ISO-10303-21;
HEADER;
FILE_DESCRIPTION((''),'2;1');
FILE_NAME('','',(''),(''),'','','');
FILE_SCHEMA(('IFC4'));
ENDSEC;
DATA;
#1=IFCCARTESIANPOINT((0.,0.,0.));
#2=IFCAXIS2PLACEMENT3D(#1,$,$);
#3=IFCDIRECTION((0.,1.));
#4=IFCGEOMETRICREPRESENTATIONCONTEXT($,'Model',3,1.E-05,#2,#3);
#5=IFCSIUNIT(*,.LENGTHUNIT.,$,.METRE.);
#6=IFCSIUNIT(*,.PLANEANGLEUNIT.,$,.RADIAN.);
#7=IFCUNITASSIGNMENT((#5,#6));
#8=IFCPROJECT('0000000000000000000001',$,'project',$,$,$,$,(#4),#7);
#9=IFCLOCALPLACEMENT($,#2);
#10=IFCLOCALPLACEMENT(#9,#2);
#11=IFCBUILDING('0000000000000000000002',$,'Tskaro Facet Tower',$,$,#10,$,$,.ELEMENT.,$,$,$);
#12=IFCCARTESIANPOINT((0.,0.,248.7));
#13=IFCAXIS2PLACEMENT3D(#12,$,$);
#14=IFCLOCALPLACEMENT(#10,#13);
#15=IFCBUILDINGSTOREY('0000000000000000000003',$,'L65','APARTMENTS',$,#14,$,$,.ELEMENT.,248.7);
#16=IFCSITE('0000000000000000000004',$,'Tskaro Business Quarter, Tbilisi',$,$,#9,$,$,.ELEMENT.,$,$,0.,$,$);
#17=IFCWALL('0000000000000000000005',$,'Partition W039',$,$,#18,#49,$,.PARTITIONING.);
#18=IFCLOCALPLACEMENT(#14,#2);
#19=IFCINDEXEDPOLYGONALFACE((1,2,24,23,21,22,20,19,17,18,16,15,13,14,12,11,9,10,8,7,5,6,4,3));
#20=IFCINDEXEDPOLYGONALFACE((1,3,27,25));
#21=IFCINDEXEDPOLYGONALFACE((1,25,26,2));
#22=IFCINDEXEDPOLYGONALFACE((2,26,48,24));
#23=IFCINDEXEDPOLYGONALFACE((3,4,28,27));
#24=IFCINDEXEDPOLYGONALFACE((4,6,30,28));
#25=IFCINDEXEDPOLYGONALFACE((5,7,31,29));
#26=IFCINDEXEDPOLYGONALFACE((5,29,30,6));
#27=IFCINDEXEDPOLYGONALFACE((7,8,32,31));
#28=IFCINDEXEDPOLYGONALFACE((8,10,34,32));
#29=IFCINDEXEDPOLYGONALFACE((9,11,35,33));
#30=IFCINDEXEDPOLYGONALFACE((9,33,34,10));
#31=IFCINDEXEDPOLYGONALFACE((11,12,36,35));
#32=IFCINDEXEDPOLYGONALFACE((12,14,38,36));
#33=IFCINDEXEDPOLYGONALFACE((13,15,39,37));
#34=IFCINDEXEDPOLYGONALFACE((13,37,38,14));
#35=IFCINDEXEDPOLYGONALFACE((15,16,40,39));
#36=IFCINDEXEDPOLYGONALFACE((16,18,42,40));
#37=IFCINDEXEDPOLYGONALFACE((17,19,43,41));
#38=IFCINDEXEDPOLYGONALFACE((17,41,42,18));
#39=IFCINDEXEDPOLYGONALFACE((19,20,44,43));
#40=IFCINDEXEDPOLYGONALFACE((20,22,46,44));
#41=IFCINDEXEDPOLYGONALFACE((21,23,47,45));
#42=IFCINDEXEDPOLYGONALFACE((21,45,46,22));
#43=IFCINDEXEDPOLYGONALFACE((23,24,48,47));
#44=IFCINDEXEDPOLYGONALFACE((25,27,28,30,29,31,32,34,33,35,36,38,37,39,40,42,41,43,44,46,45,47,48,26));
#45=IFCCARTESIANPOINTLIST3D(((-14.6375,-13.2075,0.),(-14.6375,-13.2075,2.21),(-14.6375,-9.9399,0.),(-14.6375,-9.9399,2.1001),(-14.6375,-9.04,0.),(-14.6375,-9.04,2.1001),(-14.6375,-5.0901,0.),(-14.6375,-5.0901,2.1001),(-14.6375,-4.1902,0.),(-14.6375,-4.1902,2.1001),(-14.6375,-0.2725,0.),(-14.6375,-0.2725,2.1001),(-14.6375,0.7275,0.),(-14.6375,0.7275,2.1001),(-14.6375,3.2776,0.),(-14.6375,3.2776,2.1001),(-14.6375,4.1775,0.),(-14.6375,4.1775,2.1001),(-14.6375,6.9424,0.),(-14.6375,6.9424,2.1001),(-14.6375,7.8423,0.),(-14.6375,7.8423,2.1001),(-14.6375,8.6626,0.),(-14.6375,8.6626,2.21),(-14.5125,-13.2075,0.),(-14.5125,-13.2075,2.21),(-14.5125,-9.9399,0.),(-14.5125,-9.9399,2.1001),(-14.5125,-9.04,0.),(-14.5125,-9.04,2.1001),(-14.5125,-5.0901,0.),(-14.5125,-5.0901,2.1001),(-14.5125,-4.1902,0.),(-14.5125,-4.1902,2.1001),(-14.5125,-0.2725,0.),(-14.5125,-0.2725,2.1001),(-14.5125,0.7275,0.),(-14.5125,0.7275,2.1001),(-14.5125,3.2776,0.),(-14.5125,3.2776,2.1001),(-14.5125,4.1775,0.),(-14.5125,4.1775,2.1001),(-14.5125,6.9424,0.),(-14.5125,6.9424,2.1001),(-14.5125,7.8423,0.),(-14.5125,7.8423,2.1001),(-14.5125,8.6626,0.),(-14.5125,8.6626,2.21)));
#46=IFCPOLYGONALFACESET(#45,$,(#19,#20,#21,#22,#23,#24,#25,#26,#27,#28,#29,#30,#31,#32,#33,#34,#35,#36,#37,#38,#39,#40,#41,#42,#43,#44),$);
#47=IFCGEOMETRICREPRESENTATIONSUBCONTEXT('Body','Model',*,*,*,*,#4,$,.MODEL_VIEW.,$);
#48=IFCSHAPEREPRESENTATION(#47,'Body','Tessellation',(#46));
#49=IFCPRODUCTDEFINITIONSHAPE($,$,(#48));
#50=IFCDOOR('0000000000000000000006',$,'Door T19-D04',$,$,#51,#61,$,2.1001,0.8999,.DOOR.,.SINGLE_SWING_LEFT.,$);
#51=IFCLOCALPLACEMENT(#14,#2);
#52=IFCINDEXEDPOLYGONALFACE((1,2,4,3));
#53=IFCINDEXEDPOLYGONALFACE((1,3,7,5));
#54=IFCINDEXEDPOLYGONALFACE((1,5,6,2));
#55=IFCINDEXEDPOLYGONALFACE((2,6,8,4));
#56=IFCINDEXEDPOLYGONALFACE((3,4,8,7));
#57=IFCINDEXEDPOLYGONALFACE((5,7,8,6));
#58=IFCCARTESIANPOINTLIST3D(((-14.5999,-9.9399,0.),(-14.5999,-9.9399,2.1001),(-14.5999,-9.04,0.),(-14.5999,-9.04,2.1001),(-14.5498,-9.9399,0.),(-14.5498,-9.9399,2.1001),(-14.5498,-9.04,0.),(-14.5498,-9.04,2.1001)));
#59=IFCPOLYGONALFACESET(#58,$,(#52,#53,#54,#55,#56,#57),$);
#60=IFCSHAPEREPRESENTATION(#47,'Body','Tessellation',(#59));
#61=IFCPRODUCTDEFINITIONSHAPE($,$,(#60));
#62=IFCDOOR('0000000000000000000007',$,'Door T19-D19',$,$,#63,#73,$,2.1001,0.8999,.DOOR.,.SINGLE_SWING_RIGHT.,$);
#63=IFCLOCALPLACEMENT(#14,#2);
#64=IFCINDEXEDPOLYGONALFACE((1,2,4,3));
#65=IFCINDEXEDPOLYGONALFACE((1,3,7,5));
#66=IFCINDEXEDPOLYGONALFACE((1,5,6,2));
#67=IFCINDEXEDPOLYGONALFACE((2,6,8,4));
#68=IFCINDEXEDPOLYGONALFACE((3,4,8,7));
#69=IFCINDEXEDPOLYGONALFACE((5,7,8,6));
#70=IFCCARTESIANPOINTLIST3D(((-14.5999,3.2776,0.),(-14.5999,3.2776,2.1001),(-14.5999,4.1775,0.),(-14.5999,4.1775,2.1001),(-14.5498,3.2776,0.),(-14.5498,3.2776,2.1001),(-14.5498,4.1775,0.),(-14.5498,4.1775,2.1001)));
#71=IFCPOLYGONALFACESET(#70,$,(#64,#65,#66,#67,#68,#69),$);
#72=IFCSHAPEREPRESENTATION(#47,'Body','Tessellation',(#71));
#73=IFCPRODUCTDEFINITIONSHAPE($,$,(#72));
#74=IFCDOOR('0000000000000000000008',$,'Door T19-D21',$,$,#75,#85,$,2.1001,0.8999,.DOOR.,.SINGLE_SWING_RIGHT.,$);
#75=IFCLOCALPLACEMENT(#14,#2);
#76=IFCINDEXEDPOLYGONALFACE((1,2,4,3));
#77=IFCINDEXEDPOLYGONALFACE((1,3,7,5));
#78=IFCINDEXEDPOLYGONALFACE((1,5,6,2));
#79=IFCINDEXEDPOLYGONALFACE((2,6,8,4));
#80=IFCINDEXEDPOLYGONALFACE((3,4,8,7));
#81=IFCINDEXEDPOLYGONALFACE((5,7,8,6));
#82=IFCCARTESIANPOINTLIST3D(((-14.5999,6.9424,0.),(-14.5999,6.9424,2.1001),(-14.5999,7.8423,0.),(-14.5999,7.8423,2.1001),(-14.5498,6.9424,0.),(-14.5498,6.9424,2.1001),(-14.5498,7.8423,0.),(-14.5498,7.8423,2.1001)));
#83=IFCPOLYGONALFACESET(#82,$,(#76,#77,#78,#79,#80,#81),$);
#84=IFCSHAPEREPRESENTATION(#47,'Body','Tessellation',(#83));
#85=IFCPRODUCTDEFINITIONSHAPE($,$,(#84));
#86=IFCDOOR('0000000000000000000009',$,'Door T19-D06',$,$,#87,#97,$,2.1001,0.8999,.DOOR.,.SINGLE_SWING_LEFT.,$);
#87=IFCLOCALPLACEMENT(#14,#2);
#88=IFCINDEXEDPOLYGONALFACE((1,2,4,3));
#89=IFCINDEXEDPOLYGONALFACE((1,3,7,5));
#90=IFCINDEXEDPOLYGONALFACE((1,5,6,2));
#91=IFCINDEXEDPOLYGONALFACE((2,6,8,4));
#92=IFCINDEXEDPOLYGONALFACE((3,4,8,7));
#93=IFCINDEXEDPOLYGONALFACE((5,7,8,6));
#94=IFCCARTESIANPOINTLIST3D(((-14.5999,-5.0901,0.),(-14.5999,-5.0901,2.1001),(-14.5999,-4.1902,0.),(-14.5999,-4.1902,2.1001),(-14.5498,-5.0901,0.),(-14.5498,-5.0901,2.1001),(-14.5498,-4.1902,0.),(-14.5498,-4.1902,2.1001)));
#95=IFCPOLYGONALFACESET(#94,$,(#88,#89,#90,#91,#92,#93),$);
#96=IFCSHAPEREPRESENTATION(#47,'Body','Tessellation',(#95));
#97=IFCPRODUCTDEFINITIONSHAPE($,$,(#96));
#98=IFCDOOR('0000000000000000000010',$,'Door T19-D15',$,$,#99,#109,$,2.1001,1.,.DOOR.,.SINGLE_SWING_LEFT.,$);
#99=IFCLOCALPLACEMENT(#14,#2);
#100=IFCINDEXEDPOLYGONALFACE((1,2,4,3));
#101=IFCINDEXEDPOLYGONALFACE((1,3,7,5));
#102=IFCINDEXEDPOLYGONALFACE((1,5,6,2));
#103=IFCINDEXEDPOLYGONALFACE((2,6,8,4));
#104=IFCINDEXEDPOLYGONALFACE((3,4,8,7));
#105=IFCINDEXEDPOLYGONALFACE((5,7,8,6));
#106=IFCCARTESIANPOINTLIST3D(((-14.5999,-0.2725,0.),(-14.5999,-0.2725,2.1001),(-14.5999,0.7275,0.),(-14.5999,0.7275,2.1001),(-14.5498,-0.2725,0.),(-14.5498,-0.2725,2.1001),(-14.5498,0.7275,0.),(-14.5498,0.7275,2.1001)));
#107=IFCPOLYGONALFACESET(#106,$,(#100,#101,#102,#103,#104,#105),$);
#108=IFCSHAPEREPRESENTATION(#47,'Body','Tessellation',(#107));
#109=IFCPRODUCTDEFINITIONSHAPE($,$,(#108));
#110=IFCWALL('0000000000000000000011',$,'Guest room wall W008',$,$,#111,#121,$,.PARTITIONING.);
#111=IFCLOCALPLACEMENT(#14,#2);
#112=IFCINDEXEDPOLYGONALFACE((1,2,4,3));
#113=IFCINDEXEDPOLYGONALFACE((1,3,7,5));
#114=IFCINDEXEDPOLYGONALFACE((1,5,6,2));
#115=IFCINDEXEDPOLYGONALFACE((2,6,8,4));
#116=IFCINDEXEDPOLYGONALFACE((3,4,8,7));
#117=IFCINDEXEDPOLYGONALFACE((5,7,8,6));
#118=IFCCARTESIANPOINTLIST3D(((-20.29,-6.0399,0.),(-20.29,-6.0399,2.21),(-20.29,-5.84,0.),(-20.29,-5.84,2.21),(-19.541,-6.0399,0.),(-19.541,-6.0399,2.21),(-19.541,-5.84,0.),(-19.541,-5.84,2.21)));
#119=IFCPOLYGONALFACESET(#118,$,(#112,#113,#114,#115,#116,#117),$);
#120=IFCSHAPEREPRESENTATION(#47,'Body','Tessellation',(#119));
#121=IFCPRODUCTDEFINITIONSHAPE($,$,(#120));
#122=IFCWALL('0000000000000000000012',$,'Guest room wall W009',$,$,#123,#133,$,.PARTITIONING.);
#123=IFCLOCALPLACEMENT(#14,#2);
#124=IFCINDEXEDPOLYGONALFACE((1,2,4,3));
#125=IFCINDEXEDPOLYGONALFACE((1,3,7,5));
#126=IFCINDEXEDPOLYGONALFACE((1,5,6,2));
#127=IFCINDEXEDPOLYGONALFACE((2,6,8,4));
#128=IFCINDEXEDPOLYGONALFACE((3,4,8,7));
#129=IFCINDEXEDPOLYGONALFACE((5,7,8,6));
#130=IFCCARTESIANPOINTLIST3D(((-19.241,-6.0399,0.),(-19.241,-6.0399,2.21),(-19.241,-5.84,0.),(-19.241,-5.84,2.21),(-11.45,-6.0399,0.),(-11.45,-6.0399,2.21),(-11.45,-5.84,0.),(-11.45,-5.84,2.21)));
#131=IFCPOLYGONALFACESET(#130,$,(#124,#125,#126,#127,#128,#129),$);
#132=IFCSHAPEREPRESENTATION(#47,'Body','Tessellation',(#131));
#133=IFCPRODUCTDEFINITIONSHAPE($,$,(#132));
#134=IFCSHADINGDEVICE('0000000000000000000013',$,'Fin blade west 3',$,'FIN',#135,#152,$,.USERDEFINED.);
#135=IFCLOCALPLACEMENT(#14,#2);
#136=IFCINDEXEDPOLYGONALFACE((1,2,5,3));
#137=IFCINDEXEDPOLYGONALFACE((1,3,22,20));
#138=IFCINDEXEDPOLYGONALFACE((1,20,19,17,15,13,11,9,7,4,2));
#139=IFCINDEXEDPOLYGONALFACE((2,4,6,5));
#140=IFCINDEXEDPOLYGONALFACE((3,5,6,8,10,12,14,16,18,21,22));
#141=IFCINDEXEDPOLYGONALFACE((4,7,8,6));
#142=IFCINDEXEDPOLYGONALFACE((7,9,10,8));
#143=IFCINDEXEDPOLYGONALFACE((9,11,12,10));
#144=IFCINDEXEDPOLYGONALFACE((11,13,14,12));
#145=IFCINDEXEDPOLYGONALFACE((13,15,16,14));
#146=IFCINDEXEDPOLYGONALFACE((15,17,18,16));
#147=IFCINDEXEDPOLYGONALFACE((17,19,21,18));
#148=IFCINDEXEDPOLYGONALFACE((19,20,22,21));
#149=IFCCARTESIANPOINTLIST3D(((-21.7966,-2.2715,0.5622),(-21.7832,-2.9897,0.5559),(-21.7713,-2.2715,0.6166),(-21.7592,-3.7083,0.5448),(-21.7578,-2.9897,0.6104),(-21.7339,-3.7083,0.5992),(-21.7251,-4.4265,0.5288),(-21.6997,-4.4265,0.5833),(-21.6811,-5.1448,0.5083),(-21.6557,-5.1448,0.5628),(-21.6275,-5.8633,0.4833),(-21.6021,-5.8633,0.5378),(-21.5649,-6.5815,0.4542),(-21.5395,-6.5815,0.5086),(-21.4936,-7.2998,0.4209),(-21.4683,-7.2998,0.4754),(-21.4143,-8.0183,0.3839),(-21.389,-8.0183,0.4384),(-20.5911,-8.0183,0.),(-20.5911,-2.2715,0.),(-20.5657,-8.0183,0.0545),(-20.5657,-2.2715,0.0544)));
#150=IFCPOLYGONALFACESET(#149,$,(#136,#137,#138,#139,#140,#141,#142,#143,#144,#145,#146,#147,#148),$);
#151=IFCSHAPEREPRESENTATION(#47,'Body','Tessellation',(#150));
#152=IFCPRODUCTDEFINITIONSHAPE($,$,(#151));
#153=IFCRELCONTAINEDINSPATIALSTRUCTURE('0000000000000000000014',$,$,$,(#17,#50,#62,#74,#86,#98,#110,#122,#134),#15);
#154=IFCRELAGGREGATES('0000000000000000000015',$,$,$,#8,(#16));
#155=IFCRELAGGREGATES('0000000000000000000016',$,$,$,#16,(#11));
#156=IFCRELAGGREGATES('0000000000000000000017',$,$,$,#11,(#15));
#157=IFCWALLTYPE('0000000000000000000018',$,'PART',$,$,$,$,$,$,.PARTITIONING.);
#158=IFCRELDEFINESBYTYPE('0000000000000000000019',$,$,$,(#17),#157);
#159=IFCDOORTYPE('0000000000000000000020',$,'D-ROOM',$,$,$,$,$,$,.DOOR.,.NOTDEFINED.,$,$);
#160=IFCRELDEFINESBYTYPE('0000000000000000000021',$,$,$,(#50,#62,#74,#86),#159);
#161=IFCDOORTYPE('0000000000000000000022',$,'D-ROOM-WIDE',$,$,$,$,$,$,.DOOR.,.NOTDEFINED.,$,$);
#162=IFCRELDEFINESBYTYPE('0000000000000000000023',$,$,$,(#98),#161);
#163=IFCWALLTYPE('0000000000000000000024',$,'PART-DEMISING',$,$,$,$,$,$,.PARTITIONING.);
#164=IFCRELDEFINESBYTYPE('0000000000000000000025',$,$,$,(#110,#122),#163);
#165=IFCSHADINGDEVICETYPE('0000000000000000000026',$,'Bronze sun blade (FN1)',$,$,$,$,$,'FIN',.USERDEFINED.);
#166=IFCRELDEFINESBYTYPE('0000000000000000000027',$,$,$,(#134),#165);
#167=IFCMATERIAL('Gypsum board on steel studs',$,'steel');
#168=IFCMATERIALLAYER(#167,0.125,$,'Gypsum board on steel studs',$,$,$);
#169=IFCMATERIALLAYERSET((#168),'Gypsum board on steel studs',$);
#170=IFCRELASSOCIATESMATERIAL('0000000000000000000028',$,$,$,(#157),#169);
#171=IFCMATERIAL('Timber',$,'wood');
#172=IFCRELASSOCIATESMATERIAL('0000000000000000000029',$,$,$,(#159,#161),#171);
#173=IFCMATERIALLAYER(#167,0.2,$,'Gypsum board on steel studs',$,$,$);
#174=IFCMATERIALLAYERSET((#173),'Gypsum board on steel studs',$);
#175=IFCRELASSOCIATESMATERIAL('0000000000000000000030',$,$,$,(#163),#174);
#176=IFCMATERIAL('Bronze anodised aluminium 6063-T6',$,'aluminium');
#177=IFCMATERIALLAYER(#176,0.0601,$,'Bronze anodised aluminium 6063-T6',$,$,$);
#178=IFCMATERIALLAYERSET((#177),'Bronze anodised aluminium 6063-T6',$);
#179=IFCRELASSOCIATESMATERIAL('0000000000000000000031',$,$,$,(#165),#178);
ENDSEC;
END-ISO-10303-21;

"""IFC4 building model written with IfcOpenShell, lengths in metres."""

from ifc_helpers import new_model, si_unit, direction, frame, frame_2d, origin, place, context, subcontext, project, spatial, polyline, rectangle, outline, extrude, material, layer, layer_set, type_object, element, fill, save


model = new_model("IFC4")

# Units and contexts
model_context = context("Model", 3, precision=1e-05, world=origin(), true_north=direction((0.0, 1.0)))
body_context = subcontext(model_context, "Body", "Model", "MODEL_VIEW")
ifc_project = project(units=[si_unit("LENGTHUNIT", "METRE"), si_unit("PLANEANGLEUNIT", "RADIAN")], contexts=[model_context])

# Site, building, storey
site_placement = place(None, origin())
site = spatial("IfcSite", under=ifc_project, at=site_placement, Name="Tskaro Business Quarter, Tbilisi", CompositionType="ELEMENT", RefElevation=0.0)
building_placement = place(site_placement, origin())
building = spatial("IfcBuilding", under=site, at=building_placement, Name="Tskaro Facet Tower", CompositionType="ELEMENT")
storey_placement = place(building_placement, frame((0.0, 0.0, 248.7)))
storey = spatial("IfcBuildingStorey", under=building, at=storey_placement, Name="L65", Description="APARTMENTS", CompositionType="ELEMENT", Elevation=248.7)

# Shared definitions
ifc_material_1 = material(Name="Bronze anodised aluminium 6063-T6", Category="aluminium")

# Shared definitions
ifc_material_2 = material(Name="Gypsum board on steel studs", Category="steel")
ifc_layer_1 = layer(ifc_material_2, 0.125, Name="Gypsum board on steel studs")
ifc_layer_set_1 = layer_set([ifc_layer_1], Name="Gypsum board on steel studs")
wall_type_1 = type_object("IfcWallType", Name="PART", PredefinedType="PARTITIONING", material=ifc_layer_set_1)

# Shared definitions
ifc_material_3 = material(Name="Timber", Category="wood")
door_type_1 = type_object("IfcDoorType", Name="D-ROOM", OperationType="NOTDEFINED", PredefinedType="DOOR", material=ifc_material_3)

# Wall, openings, doors
wall_1_placement = place(storey_placement, frame((-14.575, -13.2075, 0.0), z_axis=(0.0, 0.0, 1.0), x_axis=(0.0, 1.0, 0.0)))
wall_1 = element("IfcWall", 1, at=wall_1_placement, inside=storey, type_object=wall_type_1, Name="Partition W039", PredefinedType="PARTITIONING", context=body_context, shape_type="SweptSolid", body=[
    extrude(rectangle(XDim=21.8701, YDim=0.125, at=frame_2d((10.9351, 0.0))), origin(), (0.0, 0.0, 1.0), 2.21),
])
opening_1_placement = place(wall_1_placement, frame((3.2676, 0.0, 0.0)))
opening_1 = element("IfcOpeningElement", 2, at=opening_1_placement, cuts=wall_1, PredefinedType="OPENING", context=body_context, shape_type="SweptSolid", body=[
    extrude(rectangle(XDim=0.8999, YDim=2.1001, at=frame_2d((0.45, 1.05))), frame((0.0, 0.0725, 0.0), z_axis=(0.0, -1.0, 0.0), x_axis=(1.0, 0.0, 0.0)), (0.0, 0.0, 1.0), 0.145),
])
opening_2_placement = place(wall_1_placement, frame((16.4851, 0.0, 0.0)))
opening_2 = element("IfcOpeningElement", 3, at=opening_2_placement, cuts=wall_1, PredefinedType="OPENING", context=body_context, shape_type="SweptSolid", body=[
    extrude(rectangle(XDim=0.8999, YDim=2.1001, at=frame_2d((0.45, 1.05))), frame((0.0, 0.0725, 0.0), z_axis=(0.0, -1.0, 0.0), x_axis=(1.0, 0.0, 0.0)), (0.0, 0.0, 1.0), 0.145),
])
opening_3_placement = place(wall_1_placement, frame((12.9351, 0.0, 0.0)))
opening_3 = element("IfcOpeningElement", 4, at=opening_3_placement, cuts=wall_1, PredefinedType="OPENING", context=body_context, shape_type="SweptSolid", body=[
    extrude(rectangle(XDim=1.0, YDim=2.1001, at=frame_2d((0.5, 1.05))), frame((0.0, 0.0725, 0.0), z_axis=(0.0, -1.0, 0.0), x_axis=(1.0, 0.0, 0.0)), (0.0, 0.0, 1.0), 0.145),
])
opening_4_placement = place(wall_1_placement, frame((20.1499, 0.0, 0.0)))
opening_4 = element("IfcOpeningElement", 5, at=opening_4_placement, cuts=wall_1, PredefinedType="OPENING", context=body_context, shape_type="SweptSolid", body=[
    extrude(rectangle(XDim=0.8999, YDim=2.1001, at=frame_2d((0.45, 1.05))), frame((0.0, 0.0725, 0.0), z_axis=(0.0, -1.0, 0.0), x_axis=(1.0, 0.0, 0.0)), (0.0, 0.0, 1.0), 0.145),
])
opening_5_placement = place(wall_1_placement, frame((8.1174, 0.0, 0.0)))
opening_5 = element("IfcOpeningElement", 6, at=opening_5_placement, cuts=wall_1, PredefinedType="OPENING", context=body_context, shape_type="SweptSolid", body=[
    extrude(rectangle(XDim=0.8999, YDim=2.1001, at=frame_2d((0.45, 1.05))), frame((0.0, 0.0725, 0.0), z_axis=(0.0, -1.0, 0.0), x_axis=(1.0, 0.0, 0.0)), (0.0, 0.0, 1.0), 0.145),
])
door_1_placement = place(opening_1_placement, origin())
door_1 = element("IfcDoor", 7, at=door_1_placement, inside=storey, type_object=door_type_1, Name="Door T19-D04", OperationType="SINGLE_SWING_LEFT", OverallHeight=2.1001, OverallWidth=0.8999, PredefinedType="DOOR", context=body_context, shape_type="SweptSolid", body=[
    extrude(rectangle(XDim=0.8999, YDim=2.1001, at=frame_2d((0.45, 1.05))), frame((0.0, 0.0249, 0.0), z_axis=(0.0, -1.0, 0.0), x_axis=(1.0, 0.0, 0.0)), (0.0, 0.0, 1.0), 0.05),
])
fill(opening_1, door_1)
door_2_placement = place(opening_2_placement, origin())
door_2 = element("IfcDoor", 8, at=door_2_placement, inside=storey, type_object=door_type_1, Name="Door T19-D19", OperationType="SINGLE_SWING_RIGHT", OverallHeight=2.1001, OverallWidth=0.8999, PredefinedType="DOOR", context=body_context, shape_type="SweptSolid", body=[
    extrude(rectangle(XDim=0.8999, YDim=2.1001, at=frame_2d((0.45, 1.05))), frame((0.0, 0.0249, 0.0), z_axis=(0.0, -1.0, 0.0), x_axis=(1.0, 0.0, 0.0)), (0.0, 0.0, 1.0), 0.05),
])
fill(opening_2, door_2)
door_3_placement = place(opening_4_placement, origin())
door_3 = element("IfcDoor", 9, at=door_3_placement, inside=storey, type_object=door_type_1, Name="Door T19-D21", OperationType="SINGLE_SWING_RIGHT", OverallHeight=2.1001, OverallWidth=0.8999, PredefinedType="DOOR", context=body_context, shape_type="SweptSolid", body=[
    extrude(rectangle(XDim=0.8999, YDim=2.1001, at=frame_2d((0.45, 1.05))), frame((0.0, 0.0249, 0.0), z_axis=(0.0, -1.0, 0.0), x_axis=(1.0, 0.0, 0.0)), (0.0, 0.0, 1.0), 0.05),
])
fill(opening_4, door_3)
door_4_placement = place(opening_5_placement, origin())
door_4 = element("IfcDoor", 10, at=door_4_placement, inside=storey, type_object=door_type_1, Name="Door T19-D06", OperationType="SINGLE_SWING_LEFT", OverallHeight=2.1001, OverallWidth=0.8999, PredefinedType="DOOR", context=body_context, shape_type="SweptSolid", body=[
    extrude(rectangle(XDim=0.8999, YDim=2.1001, at=frame_2d((0.45, 1.05))), frame((0.0, 0.0249, 0.0), z_axis=(0.0, -1.0, 0.0), x_axis=(1.0, 0.0, 0.0)), (0.0, 0.0, 1.0), 0.05),
])
fill(opening_5, door_4)
door_type_2 = type_object("IfcDoorType", Name="D-ROOM-WIDE", OperationType="NOTDEFINED", PredefinedType="DOOR", material=ifc_material_3)
door_5_placement = place(opening_3_placement, origin())
door_5 = element("IfcDoor", 11, at=door_5_placement, inside=storey, type_object=door_type_2, Name="Door T19-D15", OperationType="SINGLE_SWING_LEFT", OverallHeight=2.1001, OverallWidth=1.0, PredefinedType="DOOR", context=body_context, shape_type="SweptSolid", body=[
    extrude(rectangle(XDim=1.0, YDim=2.1001, at=frame_2d((0.5, 1.05))), frame((0.0, 0.0249, 0.0), z_axis=(0.0, -1.0, 0.0), x_axis=(1.0, 0.0, 0.0)), (0.0, 0.0, 1.0), 0.05),
])
fill(opening_3, door_5)

# Walls
ifc_layer_2 = layer(ifc_material_2, 0.2, Name="Gypsum board on steel studs")
ifc_layer_set_2 = layer_set([ifc_layer_2], Name="Gypsum board on steel studs")
wall_type_2 = type_object("IfcWallType", Name="PART-DEMISING", PredefinedType="PARTITIONING", material=ifc_layer_set_2)
wall_2_placement = place(storey_placement, frame((-20.29, -5.9399, 0.0), z_axis=(0.0, 0.0, 1.0), x_axis=(1.0, 0.0, 0.0)))
element("IfcWall", 12, at=wall_2_placement, inside=storey, type_object=wall_type_2, Name="Guest room wall W008", PredefinedType="PARTITIONING", context=body_context, shape_type="SweptSolid", body=[
    extrude(rectangle(XDim=0.749, YDim=0.2, at=frame_2d((0.3745, 0.0))), origin(), (0.0, 0.0, 1.0), 2.21),
])
wall_3_placement = place(storey_placement, frame((-19.241, -5.9399, 0.0), z_axis=(0.0, 0.0, 1.0), x_axis=(1.0, 0.0, 0.0)))
element("IfcWall", 13, at=wall_3_placement, inside=storey, type_object=wall_type_2, Name="Guest room wall W009", PredefinedType="PARTITIONING", context=body_context, shape_type="SweptSolid", body=[
    extrude(rectangle(XDim=7.791, YDim=0.2, at=frame_2d((3.8955, 0.0))), origin(), (0.0, 0.0, 1.0), 2.21),
])

# Shading device
ifc_layer_3 = layer(ifc_material_1, 0.0601, Name="Bronze anodised aluminium 6063-T6")
ifc_layer_set_3 = layer_set([ifc_layer_3], Name="Bronze anodised aluminium 6063-T6")
shading_device_type = type_object("IfcShadingDeviceType", Name="Bronze sun blade (FN1)", ElementType="FIN", PredefinedType="USERDEFINED", material=ifc_layer_set_3)
shading_device_1_placement = place(storey_placement, frame((-20.5657, -2.2715, 0.0544), z_axis=(0.422632, 0.000003, 0.906301), x_axis=(0.000001, -1.0, 0.000002)))
element("IfcShadingDevice", 14, at=shading_device_1_placement, inside=storey, type_object=shading_device_type, Name="Fin blade west 3", ObjectType="FIN", PredefinedType="USERDEFINED", context=body_context, shape_type="SweptSolid", body=[
    extrude(outline(polyline([(0.0, 0.0), (5.7468, 0.0), (5.7468, -0.9084), (5.0283, -0.9959), (4.3101, -1.0745), (3.5918, -1.1436), (2.8733, -1.2028), (2.155, -1.2513), (1.4368, -1.289), (0.7183, -1.3154), (0.0, -1.3302), (0.0, 0.0)])), origin(), (0.0, 0.0, -1.0), 0.0601),
])

save(model, "model.ifc")
